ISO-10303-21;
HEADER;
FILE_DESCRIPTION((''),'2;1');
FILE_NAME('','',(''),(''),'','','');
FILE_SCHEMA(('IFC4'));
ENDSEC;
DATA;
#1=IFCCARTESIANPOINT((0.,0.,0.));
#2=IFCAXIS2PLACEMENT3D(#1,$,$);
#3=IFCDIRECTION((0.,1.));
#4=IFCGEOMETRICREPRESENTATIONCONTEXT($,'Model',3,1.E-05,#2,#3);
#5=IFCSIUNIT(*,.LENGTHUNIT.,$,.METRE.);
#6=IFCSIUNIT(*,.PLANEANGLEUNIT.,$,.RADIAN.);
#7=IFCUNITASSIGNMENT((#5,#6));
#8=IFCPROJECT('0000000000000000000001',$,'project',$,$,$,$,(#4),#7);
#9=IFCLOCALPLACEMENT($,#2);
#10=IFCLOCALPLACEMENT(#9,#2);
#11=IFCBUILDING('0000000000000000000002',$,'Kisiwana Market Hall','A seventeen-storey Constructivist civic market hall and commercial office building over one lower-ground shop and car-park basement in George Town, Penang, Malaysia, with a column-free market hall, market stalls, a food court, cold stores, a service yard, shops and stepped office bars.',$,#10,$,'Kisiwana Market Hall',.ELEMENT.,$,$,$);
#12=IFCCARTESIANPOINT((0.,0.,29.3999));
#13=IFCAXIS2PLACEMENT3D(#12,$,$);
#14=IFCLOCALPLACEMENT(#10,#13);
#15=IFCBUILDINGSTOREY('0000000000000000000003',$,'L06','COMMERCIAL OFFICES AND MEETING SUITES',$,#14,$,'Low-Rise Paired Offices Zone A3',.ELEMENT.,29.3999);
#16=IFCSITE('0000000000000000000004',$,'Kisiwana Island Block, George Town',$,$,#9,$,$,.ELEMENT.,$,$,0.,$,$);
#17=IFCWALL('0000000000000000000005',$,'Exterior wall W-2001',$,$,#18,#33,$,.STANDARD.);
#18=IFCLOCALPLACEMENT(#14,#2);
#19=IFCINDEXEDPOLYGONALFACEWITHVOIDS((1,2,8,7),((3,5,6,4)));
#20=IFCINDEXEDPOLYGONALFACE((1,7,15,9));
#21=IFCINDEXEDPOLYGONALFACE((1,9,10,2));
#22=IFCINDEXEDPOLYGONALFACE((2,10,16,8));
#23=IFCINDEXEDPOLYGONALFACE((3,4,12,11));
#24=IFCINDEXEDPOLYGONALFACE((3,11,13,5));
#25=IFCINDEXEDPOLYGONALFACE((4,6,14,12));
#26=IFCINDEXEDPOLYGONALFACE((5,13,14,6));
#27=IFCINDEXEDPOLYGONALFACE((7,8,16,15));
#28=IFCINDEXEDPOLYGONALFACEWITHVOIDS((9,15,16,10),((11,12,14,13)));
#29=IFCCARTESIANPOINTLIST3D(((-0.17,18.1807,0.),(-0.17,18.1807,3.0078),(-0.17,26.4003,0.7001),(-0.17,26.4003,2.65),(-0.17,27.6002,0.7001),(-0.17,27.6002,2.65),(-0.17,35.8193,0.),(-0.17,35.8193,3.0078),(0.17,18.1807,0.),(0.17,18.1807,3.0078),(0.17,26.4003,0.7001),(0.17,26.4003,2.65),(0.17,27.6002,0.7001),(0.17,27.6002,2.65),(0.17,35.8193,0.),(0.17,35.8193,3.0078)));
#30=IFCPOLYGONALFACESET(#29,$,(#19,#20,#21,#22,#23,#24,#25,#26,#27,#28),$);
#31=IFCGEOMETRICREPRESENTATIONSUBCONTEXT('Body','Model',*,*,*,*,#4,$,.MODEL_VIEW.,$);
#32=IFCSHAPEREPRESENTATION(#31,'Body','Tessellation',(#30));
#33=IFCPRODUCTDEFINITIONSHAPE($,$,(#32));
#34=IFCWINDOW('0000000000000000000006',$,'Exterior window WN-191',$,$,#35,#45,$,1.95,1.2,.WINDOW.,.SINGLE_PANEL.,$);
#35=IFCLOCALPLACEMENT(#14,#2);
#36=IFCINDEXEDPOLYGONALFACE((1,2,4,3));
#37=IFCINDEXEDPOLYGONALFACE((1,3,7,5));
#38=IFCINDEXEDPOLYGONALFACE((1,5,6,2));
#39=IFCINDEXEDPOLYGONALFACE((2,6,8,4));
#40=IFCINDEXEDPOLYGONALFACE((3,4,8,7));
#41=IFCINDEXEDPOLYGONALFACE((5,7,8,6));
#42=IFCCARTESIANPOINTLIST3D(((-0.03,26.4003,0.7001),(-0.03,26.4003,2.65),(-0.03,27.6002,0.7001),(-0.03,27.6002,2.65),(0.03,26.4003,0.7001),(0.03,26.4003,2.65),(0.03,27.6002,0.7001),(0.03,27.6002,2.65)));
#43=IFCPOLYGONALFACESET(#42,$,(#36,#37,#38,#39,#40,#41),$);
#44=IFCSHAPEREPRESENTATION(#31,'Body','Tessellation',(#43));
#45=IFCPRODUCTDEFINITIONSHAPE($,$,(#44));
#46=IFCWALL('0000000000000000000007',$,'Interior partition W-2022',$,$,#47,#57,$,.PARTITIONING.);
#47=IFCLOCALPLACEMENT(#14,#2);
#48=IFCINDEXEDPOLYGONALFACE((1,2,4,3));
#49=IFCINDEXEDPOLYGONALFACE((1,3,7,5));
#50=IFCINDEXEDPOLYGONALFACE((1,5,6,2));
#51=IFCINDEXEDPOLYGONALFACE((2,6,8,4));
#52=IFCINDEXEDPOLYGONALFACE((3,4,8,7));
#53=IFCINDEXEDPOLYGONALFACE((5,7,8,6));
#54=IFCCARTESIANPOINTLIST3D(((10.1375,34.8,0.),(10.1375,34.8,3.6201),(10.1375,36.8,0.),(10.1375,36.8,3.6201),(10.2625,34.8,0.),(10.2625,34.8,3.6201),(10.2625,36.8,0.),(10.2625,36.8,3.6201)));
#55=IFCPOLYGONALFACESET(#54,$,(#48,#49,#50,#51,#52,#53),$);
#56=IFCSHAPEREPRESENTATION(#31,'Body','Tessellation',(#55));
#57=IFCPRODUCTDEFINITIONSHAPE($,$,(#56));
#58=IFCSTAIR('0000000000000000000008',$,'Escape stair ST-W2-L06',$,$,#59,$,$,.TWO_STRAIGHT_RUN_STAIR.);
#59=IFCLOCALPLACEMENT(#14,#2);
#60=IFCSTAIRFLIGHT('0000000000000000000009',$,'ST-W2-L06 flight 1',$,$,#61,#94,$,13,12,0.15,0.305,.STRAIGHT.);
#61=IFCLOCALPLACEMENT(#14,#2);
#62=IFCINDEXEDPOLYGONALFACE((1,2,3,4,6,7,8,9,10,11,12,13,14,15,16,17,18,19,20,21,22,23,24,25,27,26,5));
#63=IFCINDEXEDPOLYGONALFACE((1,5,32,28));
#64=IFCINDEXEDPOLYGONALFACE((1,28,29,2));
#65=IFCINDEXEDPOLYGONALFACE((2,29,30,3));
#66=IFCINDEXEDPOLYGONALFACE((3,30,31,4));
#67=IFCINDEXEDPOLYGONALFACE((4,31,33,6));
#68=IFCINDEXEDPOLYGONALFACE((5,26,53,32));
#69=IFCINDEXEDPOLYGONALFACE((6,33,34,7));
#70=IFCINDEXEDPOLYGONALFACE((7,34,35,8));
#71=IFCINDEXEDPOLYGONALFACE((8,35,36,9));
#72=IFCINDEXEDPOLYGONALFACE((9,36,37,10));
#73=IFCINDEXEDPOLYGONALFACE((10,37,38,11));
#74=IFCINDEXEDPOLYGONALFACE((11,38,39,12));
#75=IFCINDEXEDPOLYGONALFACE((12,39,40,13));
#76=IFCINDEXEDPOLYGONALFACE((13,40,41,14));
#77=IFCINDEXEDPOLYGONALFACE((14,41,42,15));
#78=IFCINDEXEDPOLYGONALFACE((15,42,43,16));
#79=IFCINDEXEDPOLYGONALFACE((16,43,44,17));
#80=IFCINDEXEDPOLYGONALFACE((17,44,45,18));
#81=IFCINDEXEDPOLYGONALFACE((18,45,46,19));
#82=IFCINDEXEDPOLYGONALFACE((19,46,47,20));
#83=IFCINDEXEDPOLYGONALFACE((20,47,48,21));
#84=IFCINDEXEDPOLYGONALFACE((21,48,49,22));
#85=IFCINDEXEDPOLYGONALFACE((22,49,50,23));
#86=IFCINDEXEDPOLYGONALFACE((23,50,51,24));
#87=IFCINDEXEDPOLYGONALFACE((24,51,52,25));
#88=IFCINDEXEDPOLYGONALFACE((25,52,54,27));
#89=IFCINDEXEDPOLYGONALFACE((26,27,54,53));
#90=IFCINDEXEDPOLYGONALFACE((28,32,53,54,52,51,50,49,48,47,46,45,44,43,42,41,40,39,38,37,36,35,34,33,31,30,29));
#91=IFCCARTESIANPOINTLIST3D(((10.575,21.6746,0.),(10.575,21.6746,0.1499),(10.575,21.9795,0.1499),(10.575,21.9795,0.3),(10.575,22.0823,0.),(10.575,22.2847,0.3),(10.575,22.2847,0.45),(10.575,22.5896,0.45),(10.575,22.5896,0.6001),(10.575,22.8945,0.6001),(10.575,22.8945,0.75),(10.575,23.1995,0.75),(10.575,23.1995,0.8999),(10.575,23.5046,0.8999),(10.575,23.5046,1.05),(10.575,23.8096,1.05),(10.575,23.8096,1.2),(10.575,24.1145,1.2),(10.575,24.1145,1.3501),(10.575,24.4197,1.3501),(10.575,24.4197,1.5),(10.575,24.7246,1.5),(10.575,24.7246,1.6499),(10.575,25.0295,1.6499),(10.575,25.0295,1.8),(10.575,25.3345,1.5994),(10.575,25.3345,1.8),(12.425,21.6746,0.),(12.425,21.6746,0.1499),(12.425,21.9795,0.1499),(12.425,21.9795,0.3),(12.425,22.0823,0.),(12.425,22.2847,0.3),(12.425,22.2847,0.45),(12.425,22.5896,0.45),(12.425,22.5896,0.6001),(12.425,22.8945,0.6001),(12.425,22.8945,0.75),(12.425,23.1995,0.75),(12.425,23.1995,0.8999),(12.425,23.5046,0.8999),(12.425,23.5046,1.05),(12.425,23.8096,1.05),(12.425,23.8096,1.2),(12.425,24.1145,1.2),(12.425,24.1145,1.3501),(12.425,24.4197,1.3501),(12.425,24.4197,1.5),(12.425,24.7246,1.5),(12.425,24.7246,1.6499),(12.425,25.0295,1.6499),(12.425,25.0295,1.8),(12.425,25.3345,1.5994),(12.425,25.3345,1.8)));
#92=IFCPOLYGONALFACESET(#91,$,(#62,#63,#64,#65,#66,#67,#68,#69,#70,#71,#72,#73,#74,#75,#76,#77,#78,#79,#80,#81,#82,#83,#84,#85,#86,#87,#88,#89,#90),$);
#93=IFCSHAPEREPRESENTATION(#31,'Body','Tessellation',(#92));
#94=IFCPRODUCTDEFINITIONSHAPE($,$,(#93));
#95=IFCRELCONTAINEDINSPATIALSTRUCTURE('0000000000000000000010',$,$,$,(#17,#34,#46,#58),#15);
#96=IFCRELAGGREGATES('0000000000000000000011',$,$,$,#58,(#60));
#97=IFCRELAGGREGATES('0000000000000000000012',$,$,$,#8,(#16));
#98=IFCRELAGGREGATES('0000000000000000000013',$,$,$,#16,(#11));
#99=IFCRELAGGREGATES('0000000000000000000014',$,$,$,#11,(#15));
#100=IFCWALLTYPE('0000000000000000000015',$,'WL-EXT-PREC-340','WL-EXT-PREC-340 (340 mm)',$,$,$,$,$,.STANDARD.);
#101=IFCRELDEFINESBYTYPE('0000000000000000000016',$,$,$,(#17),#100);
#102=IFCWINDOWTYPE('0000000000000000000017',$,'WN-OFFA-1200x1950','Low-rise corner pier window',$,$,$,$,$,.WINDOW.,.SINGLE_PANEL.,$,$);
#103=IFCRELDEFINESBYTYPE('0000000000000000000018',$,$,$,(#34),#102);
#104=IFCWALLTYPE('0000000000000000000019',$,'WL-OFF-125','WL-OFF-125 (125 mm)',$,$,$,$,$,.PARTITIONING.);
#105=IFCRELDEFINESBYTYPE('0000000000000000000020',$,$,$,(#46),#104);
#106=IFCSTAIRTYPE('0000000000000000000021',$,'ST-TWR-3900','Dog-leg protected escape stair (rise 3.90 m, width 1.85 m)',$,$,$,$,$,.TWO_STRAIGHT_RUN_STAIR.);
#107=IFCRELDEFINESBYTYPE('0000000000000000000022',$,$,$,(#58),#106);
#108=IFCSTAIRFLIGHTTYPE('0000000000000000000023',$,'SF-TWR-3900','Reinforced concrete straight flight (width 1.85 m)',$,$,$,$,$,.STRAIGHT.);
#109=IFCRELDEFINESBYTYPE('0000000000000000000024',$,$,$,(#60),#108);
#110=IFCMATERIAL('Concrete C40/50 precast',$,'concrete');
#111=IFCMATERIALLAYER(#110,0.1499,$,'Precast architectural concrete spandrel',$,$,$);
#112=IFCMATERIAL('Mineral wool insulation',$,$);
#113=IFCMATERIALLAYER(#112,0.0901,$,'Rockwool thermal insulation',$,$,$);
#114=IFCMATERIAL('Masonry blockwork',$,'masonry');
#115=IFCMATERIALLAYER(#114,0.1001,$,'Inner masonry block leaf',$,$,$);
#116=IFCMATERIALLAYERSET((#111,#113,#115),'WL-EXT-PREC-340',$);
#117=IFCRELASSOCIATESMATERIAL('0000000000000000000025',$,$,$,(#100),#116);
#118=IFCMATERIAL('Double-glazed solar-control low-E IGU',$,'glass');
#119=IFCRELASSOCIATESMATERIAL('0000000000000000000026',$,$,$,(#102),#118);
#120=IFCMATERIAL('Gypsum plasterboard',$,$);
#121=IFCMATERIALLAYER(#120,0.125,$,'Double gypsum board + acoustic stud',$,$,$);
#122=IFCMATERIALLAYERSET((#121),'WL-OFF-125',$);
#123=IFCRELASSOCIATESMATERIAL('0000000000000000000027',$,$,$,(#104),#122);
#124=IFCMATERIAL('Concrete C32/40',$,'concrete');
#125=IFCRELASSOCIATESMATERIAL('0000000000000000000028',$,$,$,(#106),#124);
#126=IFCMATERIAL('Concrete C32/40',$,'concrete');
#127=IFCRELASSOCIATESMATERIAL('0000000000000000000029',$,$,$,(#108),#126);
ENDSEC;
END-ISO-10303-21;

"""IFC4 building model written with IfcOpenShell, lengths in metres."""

from ifc_helpers import new_model, si_unit, direction, frame, frame_2d, origin, place, context, subcontext, project, spatial, polyline, rectangle, outline, extrude, material, layer, layer_set, type_object, element, fill, aggregate, save


model = new_model("IFC4")

# Units and contexts
model_context = context("Model", 3, precision=1e-05, world=origin(), true_north=direction((0.0, 1.0)))
body_context = subcontext(model_context, "Body", "Model", "MODEL_VIEW")
ifc_project = project(units=[si_unit("LENGTHUNIT", "METRE"), si_unit("PLANEANGLEUNIT", "RADIAN")], contexts=[model_context])

# Site, building, storey
site_placement = place(None, origin())
site = spatial("IfcSite", under=ifc_project, at=site_placement, Name="Kisiwana Island Block, George Town", CompositionType="ELEMENT", RefElevation=0.0)
building_placement = place(site_placement, origin())
building = spatial("IfcBuilding", under=site, at=building_placement, Name="Kisiwana Market Hall", Description="A seventeen-storey Constructivist civic market hall and commercial office building over one lower-ground shop and car-park basement in George Town, Penang, Malaysia, with a column-free market hall, market stalls, a food court, cold stores, a service yard, shops and stepped office bars.", LongName="Kisiwana Market Hall", CompositionType="ELEMENT")
storey_placement = place(building_placement, frame((0.0, 0.0, 29.3999)))
storey = spatial("IfcBuildingStorey", under=building, at=storey_placement, Name="L06", Description="COMMERCIAL OFFICES AND MEETING SUITES", LongName="Low-Rise Paired Offices Zone A3", CompositionType="ELEMENT", Elevation=29.3999)

# Wall, opening, window
ifc_material_1 = material(Name="Concrete C40/50 precast", Category="concrete")
ifc_layer_1 = layer(ifc_material_1, 0.1499, Name="Precast architectural concrete spandrel")
ifc_material_2 = material(Name="Mineral wool insulation")
ifc_layer_2 = layer(ifc_material_2, 0.0901, Name="Rockwool thermal insulation")
ifc_material_3 = material(Name="Masonry blockwork", Category="masonry")
ifc_layer_3 = layer(ifc_material_3, 0.1001, Name="Inner masonry block leaf")
ifc_layer_set_1 = layer_set([ifc_layer_1, ifc_layer_2, ifc_layer_3], Name="WL-EXT-PREC-340")
wall_type_1 = type_object("IfcWallType", Name="WL-EXT-PREC-340", Description="WL-EXT-PREC-340 (340 mm)", PredefinedType="STANDARD", material=ifc_layer_set_1)
wall_1_placement = place(storey_placement, frame((0.0, 18.1807, 0.0), z_axis=(0.0, 0.0, 1.0), x_axis=(0.0, 1.0, 0.0)))
wall_1 = element("IfcWall", 1, at=wall_1_placement, inside=storey, type_object=wall_type_1, Name="Exterior wall W-2001", PredefinedType="STANDARD", context=body_context, shape_type="SweptSolid", body=[
    extrude(rectangle(XDim=17.6387, YDim=0.3401, at=frame_2d((8.8193, 0.0))), origin(), (0.0, 0.0, 1.0), 3.0078),
])
opening_1_placement = place(wall_1_placement, frame((8.2195, 0.0, 0.7)))
opening_1 = element("IfcOpeningElement", 2, at=opening_1_placement, cuts=wall_1, PredefinedType="OPENING", context=body_context, shape_type="SweptSolid", body=[
    extrude(rectangle(XDim=1.2, YDim=1.95, at=frame_2d((0.6001, 0.9751))), frame((0.0, 0.1821, 0.0), z_axis=(0.0, -1.0, 0.0), x_axis=(1.0, 0.0, 0.0)), (0.0, 0.0, 1.0), 0.364),
])
ifc_material_4 = material(Name="Double-glazed solar-control low-E IGU", Category="glass")
window_type = type_object("IfcWindowType", Name="WN-OFFA-1200x1950", Description="Low-rise corner pier window", PartitioningType="SINGLE_PANEL", PredefinedType="WINDOW", material=ifc_material_4)
window_placement = place(opening_1_placement, origin())
window = element("IfcWindow", 3, at=window_placement, inside=storey, type_object=window_type, Name="Exterior window WN-191", OverallHeight=1.95, OverallWidth=1.2, PartitioningType="SINGLE_PANEL", PredefinedType="WINDOW", context=body_context, shape_type="SweptSolid", body=[
    extrude(rectangle(XDim=1.2, YDim=1.95, at=frame_2d((0.6001, 0.9751))), frame((0.0, 0.03, 0.0), z_axis=(0.0, -1.0, 0.0), x_axis=(1.0, 0.0, 0.0)), (0.0, 0.0, 1.0), 0.0601),
])
fill(opening_1, window)

# Wall
ifc_material_5 = material(Name="Gypsum plasterboard")
ifc_layer_4 = layer(ifc_material_5, 0.125, Name="Double gypsum board + acoustic stud")
ifc_layer_set_2 = layer_set([ifc_layer_4], Name="WL-OFF-125")
wall_type_2 = type_object("IfcWallType", Name="WL-OFF-125", Description="WL-OFF-125 (125 mm)", PredefinedType="PARTITIONING", material=ifc_layer_set_2)
wall_2_placement = place(storey_placement, frame((10.2, 34.8, 0.0), z_axis=(0.0, 0.0, 1.0), x_axis=(0.0, 1.0, 0.0)))
element("IfcWall", 4, at=wall_2_placement, inside=storey, type_object=wall_type_2, Name="Interior partition W-2022", PredefinedType="PARTITIONING", context=body_context, shape_type="SweptSolid", body=[
    extrude(rectangle(XDim=2.0, YDim=0.125, at=frame_2d((1.0, 0.0))), origin(), (0.0, 0.0, 1.0), 3.6201),
])

# Stair, stair flight
ifc_material_6 = material(Name="Concrete C32/40", Category="concrete")
stair_type = type_object("IfcStairType", Name="ST-TWR-3900", Description="Dog-leg protected escape stair (rise 3.90 m, width 1.85 m)", PredefinedType="TWO_STRAIGHT_RUN_STAIR", material=ifc_material_6)
stair_placement = place(storey_placement, origin())
stair = element("IfcStair", 5, at=stair_placement, inside=storey, type_object=stair_type, Name="Escape stair ST-W2-L06", PredefinedType="TWO_STRAIGHT_RUN_STAIR")
ifc_material_7 = material(Name="Concrete C32/40", Category="concrete")
stair_flight_type = type_object("IfcStairFlightType", Name="SF-TWR-3900", Description="Reinforced concrete straight flight (width 1.85 m)", PredefinedType="STRAIGHT", material=ifc_material_7)
stair_flight_placement = place(storey_placement, frame((11.5, 21.6746, 0.0), z_axis=(0.0, 0.0, 1.0), x_axis=(0.0, 1.0, 0.0)))
stair_flight = element("IfcStairFlight", 6, at=stair_flight_placement, type_object=stair_flight_type, Name="ST-W2-L06 flight 1", NumberOfRisers=13, NumberOfTreads=12, PredefinedType="STRAIGHT", RiserHeight=0.15, TreadLength=0.305, context=body_context, shape_type="SweptSolid", body=[
    extrude(outline(polyline([(0.0, 0.0), (0.0, 0.1499), (0.3049, 0.1499), (0.3049, 0.3), (0.6101, 0.3), (0.6101, 0.45), (0.915, 0.45), (0.915, 0.6001), (1.22, 0.6001), (1.22, 0.75), (1.5249, 0.75), (1.5249, 0.8999), (1.8301, 0.8999), (1.8301, 1.05), (2.135, 1.05), (2.135, 1.2), (2.4399, 1.2), (2.4399, 1.3501), (2.7451, 1.3501), (2.7451, 1.5), (3.05, 1.5), (3.05, 1.6499), (3.355, 1.6499), (3.355, 1.8), (3.6599, 1.8), (3.6599, 1.95), (3.6599, 1.5994), (0.4077, 0.0), (0.0, 0.0)])), frame((0.0, 0.925, 0.0), z_axis=(0.0, -1.0, 0.0), x_axis=(1.0, 0.0, 0.0)), (0.0, 0.0, 1.0), 1.8501),
])
aggregate(stair, [stair_flight])

save(model, "model.ifc")
